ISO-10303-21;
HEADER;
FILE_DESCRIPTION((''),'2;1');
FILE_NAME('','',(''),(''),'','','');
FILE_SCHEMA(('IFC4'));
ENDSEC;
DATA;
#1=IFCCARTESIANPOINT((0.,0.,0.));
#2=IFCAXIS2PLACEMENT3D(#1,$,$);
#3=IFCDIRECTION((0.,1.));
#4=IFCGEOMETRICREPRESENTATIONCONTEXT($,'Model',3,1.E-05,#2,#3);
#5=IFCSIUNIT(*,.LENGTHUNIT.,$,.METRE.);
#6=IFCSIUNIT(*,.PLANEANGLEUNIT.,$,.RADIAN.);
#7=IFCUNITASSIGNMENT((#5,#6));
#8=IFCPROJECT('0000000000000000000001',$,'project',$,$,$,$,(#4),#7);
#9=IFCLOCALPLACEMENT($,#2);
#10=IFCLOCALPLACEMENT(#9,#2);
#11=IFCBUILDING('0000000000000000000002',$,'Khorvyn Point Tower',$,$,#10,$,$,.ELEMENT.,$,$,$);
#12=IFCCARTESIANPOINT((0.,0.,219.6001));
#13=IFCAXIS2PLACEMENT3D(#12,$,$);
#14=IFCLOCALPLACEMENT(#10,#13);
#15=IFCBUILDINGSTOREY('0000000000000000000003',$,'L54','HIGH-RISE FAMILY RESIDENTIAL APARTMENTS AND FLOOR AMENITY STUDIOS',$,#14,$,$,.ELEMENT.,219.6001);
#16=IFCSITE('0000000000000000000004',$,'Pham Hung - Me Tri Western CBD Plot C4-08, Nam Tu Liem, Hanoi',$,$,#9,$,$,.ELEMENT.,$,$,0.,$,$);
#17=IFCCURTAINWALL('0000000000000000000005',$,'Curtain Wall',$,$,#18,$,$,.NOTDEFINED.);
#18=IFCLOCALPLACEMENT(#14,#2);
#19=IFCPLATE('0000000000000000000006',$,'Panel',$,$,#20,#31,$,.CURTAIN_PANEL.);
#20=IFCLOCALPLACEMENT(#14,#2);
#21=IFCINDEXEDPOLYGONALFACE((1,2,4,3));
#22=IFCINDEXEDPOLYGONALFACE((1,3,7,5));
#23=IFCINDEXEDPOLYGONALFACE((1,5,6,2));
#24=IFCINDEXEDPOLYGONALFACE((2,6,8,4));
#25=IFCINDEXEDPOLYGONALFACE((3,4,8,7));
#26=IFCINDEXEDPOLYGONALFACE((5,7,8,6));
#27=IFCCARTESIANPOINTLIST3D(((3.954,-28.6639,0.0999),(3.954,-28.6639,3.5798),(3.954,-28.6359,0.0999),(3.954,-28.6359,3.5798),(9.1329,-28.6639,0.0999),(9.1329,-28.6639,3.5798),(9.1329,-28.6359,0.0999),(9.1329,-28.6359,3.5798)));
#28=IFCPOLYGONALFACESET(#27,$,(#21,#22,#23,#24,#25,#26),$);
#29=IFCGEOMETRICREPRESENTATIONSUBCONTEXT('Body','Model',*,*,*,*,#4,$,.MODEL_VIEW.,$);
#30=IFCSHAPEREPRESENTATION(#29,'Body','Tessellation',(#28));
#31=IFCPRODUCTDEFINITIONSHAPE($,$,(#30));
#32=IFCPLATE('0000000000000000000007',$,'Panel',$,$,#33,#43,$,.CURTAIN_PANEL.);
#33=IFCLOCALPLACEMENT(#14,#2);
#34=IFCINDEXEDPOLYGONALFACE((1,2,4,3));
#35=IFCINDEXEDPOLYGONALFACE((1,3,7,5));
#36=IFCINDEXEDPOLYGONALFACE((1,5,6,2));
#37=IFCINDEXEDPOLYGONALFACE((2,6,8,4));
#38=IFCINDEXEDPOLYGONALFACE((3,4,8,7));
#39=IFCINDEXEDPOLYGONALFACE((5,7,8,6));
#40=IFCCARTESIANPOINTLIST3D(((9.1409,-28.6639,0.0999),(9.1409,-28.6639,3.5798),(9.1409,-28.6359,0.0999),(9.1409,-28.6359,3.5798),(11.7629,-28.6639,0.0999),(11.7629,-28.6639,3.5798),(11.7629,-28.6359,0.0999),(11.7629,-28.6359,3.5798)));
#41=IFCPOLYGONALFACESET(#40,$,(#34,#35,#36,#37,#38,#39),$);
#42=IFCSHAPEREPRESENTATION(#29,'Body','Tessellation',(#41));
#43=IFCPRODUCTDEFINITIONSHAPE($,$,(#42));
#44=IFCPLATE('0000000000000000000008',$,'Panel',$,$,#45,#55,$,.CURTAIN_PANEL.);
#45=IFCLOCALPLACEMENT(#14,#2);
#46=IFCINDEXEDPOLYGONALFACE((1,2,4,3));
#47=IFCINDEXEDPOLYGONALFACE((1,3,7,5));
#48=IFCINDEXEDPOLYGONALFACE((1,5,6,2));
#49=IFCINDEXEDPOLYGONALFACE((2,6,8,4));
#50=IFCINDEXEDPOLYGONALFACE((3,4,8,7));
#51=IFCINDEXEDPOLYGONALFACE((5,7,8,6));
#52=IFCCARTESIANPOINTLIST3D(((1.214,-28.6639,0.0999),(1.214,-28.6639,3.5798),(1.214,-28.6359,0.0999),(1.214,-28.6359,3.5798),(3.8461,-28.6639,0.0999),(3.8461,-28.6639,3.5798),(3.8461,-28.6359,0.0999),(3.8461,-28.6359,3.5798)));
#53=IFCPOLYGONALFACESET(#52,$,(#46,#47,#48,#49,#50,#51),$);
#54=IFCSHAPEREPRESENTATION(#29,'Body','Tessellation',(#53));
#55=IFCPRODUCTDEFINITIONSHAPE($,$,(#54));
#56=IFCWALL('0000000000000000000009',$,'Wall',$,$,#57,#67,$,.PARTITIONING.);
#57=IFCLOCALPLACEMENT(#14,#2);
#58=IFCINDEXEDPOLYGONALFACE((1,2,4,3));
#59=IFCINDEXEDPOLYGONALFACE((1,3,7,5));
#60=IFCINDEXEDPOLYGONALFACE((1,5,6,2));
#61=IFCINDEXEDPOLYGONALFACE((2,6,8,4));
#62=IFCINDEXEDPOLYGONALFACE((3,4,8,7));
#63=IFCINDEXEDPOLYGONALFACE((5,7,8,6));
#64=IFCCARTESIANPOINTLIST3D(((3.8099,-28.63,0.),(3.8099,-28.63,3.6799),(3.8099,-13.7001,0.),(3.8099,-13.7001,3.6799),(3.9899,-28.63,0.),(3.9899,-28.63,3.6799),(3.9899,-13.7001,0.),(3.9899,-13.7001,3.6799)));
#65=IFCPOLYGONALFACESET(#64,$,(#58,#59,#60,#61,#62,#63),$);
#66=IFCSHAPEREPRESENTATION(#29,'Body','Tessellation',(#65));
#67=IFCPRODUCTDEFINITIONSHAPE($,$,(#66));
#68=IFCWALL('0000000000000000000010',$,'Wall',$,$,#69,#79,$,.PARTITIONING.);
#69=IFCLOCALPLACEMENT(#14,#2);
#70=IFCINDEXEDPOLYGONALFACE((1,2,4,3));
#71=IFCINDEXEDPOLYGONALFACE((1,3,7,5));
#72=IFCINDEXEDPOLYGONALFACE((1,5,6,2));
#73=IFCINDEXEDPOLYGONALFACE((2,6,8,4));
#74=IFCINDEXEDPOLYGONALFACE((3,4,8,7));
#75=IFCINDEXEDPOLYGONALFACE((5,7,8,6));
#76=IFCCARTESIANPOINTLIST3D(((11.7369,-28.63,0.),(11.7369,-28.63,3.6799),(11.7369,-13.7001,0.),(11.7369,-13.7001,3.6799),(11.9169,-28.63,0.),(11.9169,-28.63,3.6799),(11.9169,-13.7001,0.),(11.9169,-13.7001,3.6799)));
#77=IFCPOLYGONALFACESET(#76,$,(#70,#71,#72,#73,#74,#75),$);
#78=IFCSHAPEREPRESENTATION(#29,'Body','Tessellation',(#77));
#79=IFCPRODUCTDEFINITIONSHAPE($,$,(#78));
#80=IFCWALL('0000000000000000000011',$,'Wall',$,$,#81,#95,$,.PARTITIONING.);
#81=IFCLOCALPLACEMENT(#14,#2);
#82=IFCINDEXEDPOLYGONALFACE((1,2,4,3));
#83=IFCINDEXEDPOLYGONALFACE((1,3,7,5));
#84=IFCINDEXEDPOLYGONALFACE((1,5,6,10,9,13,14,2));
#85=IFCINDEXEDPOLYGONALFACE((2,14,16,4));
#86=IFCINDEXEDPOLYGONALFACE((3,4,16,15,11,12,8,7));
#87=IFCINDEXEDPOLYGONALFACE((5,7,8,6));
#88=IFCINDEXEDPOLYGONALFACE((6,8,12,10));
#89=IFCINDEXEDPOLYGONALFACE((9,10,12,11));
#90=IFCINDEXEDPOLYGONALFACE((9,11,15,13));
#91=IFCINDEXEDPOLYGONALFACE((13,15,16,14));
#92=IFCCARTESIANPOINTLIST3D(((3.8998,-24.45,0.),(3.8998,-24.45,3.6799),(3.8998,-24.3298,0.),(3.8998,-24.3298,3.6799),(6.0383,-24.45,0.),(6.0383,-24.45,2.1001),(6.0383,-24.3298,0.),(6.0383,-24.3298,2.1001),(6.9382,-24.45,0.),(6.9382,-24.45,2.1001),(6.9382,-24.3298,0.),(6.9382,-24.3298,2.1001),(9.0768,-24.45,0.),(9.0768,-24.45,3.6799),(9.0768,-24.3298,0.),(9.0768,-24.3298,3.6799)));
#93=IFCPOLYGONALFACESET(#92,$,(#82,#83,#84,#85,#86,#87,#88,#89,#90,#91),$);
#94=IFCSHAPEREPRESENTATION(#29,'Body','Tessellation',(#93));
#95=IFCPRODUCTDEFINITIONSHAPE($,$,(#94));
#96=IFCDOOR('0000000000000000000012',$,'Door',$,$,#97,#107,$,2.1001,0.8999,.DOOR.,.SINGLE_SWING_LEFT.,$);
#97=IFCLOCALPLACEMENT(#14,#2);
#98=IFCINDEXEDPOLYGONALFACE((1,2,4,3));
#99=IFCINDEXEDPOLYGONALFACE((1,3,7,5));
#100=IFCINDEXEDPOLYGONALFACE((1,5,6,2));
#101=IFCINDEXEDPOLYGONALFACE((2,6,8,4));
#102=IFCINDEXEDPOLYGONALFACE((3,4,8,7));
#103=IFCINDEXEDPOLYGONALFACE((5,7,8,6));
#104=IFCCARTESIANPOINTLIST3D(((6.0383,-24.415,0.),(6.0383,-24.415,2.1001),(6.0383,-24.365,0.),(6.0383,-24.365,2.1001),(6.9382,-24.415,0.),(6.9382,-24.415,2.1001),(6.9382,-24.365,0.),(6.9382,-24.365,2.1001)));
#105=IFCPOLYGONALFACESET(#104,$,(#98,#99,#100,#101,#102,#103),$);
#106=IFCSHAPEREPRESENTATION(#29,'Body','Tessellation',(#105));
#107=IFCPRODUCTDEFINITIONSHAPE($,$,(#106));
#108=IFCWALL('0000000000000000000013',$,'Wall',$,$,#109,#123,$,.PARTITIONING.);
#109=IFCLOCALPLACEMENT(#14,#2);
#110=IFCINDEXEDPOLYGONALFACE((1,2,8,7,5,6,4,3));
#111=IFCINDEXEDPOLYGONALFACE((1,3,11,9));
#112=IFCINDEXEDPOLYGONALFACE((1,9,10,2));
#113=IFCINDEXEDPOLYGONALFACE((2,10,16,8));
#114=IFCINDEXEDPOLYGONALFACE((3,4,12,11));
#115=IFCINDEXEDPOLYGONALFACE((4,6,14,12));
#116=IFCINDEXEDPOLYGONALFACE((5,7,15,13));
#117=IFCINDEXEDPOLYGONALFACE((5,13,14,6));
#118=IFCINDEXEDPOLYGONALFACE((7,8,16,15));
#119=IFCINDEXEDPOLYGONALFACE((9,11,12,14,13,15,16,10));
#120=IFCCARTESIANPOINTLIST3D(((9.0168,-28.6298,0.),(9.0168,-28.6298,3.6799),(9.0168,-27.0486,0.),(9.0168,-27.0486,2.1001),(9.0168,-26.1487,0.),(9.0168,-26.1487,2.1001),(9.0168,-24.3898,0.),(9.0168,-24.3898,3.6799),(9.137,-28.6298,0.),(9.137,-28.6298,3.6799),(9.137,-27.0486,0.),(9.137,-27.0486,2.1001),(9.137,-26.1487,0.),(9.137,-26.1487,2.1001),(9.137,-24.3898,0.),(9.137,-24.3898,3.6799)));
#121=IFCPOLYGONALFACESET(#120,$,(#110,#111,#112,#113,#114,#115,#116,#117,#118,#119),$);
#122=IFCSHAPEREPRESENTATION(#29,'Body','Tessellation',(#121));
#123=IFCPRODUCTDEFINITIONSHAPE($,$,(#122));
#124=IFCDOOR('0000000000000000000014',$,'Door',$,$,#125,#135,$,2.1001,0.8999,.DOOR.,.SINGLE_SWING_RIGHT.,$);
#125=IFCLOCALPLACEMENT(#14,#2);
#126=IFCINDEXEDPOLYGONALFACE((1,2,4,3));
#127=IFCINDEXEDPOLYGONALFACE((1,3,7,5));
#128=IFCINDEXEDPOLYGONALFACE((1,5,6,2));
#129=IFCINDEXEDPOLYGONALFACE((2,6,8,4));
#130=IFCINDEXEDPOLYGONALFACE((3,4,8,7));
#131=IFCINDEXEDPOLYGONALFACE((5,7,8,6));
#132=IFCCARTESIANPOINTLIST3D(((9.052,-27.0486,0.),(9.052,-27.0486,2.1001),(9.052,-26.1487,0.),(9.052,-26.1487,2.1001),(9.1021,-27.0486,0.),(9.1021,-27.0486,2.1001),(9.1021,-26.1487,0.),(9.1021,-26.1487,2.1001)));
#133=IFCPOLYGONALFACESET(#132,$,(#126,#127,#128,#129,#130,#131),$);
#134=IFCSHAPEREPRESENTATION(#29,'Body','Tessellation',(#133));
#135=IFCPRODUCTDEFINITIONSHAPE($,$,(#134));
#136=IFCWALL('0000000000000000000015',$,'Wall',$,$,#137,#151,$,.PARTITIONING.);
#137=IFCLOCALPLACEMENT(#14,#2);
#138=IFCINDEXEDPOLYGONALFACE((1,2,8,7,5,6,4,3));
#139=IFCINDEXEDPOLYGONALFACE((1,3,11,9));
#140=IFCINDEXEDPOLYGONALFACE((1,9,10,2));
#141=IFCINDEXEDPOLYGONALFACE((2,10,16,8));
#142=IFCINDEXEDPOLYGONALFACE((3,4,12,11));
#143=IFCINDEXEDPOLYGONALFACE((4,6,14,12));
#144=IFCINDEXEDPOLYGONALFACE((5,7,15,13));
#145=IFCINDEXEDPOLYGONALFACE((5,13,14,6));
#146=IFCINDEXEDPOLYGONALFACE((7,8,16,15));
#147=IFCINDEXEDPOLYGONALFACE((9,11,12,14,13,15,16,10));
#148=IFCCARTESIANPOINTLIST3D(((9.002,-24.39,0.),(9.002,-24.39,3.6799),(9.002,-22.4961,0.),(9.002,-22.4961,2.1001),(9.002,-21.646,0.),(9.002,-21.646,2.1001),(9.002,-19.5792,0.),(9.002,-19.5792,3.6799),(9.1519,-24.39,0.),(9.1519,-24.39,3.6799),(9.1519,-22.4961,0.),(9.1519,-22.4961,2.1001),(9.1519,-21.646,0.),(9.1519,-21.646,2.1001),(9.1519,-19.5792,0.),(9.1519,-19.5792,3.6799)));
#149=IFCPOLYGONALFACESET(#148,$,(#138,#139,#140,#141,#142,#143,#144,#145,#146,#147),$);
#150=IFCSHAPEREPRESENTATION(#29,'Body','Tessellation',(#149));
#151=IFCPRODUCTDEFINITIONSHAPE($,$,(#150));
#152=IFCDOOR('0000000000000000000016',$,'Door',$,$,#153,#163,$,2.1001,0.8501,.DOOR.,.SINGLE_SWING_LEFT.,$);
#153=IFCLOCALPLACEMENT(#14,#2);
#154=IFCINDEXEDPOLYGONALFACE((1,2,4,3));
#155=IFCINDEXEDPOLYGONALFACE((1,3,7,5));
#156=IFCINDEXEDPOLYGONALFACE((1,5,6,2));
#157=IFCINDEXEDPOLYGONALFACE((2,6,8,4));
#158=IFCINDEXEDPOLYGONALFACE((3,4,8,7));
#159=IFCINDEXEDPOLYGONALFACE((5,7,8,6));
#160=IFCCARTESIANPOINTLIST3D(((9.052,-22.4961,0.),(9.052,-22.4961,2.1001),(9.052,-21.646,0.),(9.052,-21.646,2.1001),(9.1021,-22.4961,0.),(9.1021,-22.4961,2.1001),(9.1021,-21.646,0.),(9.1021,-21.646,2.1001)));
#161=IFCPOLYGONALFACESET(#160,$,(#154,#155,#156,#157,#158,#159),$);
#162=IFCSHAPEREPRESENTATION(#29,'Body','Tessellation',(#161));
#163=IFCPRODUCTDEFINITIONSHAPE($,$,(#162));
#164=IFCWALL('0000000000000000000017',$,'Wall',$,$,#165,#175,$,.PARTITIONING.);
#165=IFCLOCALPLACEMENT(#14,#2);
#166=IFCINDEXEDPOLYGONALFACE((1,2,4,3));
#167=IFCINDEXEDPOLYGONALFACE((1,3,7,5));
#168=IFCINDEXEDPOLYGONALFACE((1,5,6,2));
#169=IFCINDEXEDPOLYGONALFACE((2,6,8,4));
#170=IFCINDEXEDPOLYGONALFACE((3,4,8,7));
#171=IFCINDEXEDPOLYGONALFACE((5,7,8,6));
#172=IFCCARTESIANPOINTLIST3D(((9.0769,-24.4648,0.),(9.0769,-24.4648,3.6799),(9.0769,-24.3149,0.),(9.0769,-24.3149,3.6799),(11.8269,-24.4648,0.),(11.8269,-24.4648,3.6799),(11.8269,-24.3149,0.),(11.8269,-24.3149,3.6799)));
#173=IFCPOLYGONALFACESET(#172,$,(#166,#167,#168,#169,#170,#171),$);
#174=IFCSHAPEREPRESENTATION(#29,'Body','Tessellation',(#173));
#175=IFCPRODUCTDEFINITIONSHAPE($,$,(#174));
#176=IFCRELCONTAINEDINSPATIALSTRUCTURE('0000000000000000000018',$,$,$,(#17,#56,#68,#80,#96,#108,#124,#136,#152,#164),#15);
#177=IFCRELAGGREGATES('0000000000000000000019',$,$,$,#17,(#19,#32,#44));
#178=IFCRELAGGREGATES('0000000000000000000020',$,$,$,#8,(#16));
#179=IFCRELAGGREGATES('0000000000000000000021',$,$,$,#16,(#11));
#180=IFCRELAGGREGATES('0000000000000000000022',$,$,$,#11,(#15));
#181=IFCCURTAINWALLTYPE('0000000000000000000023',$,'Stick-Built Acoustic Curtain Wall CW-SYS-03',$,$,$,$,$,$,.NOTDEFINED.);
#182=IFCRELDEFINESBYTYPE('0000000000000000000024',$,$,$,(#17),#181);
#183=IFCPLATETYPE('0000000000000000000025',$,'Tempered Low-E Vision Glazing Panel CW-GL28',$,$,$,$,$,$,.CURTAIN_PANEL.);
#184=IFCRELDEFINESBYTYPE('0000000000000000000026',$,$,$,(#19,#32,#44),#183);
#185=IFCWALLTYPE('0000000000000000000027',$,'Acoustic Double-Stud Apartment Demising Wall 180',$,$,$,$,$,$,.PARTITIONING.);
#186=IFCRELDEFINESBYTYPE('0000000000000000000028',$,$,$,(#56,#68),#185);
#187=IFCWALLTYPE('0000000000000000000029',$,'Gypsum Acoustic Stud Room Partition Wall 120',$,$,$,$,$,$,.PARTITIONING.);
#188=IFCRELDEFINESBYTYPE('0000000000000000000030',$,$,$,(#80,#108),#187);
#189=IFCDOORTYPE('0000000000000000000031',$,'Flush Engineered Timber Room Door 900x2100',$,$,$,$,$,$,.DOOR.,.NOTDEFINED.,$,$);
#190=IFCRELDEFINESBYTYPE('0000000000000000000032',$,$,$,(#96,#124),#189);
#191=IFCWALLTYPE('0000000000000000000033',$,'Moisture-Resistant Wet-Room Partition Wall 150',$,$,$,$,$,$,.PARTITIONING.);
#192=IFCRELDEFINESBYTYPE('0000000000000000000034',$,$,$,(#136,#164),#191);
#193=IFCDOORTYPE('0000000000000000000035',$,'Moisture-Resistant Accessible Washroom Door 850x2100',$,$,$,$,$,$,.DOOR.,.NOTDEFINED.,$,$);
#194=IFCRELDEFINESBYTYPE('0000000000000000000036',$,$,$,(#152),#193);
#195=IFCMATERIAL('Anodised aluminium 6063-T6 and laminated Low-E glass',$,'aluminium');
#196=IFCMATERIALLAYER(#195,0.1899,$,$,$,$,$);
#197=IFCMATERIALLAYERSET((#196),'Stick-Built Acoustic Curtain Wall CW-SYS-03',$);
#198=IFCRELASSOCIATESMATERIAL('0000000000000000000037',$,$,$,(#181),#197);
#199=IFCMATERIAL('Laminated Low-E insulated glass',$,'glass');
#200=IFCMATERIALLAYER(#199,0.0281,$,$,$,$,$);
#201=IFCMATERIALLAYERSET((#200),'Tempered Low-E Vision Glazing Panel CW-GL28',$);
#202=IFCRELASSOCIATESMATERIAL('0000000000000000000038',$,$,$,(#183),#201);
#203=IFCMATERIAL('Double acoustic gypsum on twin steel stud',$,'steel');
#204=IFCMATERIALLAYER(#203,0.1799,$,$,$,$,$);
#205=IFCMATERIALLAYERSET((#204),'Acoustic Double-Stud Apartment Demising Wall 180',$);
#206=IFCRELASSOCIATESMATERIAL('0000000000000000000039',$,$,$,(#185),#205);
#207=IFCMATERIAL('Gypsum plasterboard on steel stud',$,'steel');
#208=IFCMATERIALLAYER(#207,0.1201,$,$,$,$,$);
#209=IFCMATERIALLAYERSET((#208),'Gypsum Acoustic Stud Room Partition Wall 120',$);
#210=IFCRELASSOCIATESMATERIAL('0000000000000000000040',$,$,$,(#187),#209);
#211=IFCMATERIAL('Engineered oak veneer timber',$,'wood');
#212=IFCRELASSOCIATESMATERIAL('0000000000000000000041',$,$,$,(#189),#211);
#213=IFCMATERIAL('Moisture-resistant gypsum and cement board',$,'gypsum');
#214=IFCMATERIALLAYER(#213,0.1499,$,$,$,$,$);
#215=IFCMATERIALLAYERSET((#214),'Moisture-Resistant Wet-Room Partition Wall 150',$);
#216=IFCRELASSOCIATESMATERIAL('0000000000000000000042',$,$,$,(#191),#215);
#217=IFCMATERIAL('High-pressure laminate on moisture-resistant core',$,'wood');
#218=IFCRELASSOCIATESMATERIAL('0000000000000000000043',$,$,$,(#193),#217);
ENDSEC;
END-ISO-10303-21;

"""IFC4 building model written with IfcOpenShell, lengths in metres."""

from ifc_helpers import new_model, si_unit, direction, frame, frame_2d, origin, origin_2d, place, context, subcontext, project, spatial, rectangle, extrude, material, layer, layer_set, type_object, element, fill, aggregate, save


model = new_model("IFC4")

# Units and contexts
model_context = context("Model", 3, precision=1e-05, world=origin(), true_north=direction((0.0, 1.0)))
body_context = subcontext(model_context, "Body", "Model", "MODEL_VIEW")
ifc_project = project(units=[si_unit("LENGTHUNIT", "METRE"), si_unit("PLANEANGLEUNIT", "RADIAN")], contexts=[model_context])

# Site, building, storey
site_placement = place(None, origin())
site = spatial("IfcSite", under=ifc_project, at=site_placement, Name="Pham Hung - Me Tri Western CBD Plot C4-08, Nam Tu Liem, Hanoi", CompositionType="ELEMENT", RefElevation=0.0)
building_placement = place(site_placement, origin())
building = spatial("IfcBuilding", under=site, at=building_placement, Name="Khorvyn Point Tower", CompositionType="ELEMENT")
storey_placement = place(building_placement, frame((0.0, 0.0, 219.6001)))
storey = spatial("IfcBuildingStorey", under=building, at=storey_placement, Name="L54", Description="HIGH-RISE FAMILY RESIDENTIAL APARTMENTS AND FLOOR AMENITY STUDIOS", CompositionType="ELEMENT", Elevation=219.6001)

# Curtain wall
ifc_material_1 = material(Name="Anodised aluminium 6063-T6 and laminated Low-E glass", Category="aluminium")
ifc_layer_1 = layer(ifc_material_1, 0.1899)
ifc_layer_set_1 = layer_set([ifc_layer_1], Name="Stick-Built Acoustic Curtain Wall CW-SYS-03")
curtain_wall_type = type_object("IfcCurtainWallType", Name="Stick-Built Acoustic Curtain Wall CW-SYS-03", PredefinedType="NOTDEFINED", material=ifc_layer_set_1)
curtain_wall_placement = place(storey_placement, origin())
curtain_wall = element("IfcCurtainWall", 1, at=curtain_wall_placement, inside=storey, type_object=curtain_wall_type, Name="Curtain Wall", PredefinedType="NOTDEFINED")

# Plates
ifc_material_2 = material(Name="Laminated Low-E insulated glass", Category="glass")
ifc_layer_2 = layer(ifc_material_2, 0.0281)
ifc_layer_set_2 = layer_set([ifc_layer_2], Name="Tempered Low-E Vision Glazing Panel CW-GL28")
plate_type = type_object("IfcPlateType", Name="Tempered Low-E Vision Glazing Panel CW-GL28", PredefinedType="CURTAIN_PANEL", material=ifc_layer_set_2)
plate_1_placement = place(storey_placement, frame((6.5435, -28.6499, 0.0999), z_axis=(0.0, 0.0, 1.0), x_axis=(-1.0, 0.0, 0.0)))
plate_1 = element("IfcPlate", 2, at=plate_1_placement, type_object=plate_type, Name="Panel", PredefinedType="CURTAIN_PANEL", context=body_context, shape_type="SweptSolid", body=[
    extrude(rectangle(XDim=5.179, YDim=0.0281, at=origin_2d()), origin(), (0.0, 0.0, 1.0), 3.48),
])
plate_2_placement = place(storey_placement, frame((10.4519, -28.6499, 0.0999), z_axis=(0.0, 0.0, 1.0), x_axis=(-1.0, 0.0, 0.0)))
plate_2 = element("IfcPlate", 3, at=plate_2_placement, type_object=plate_type, Name="Panel", PredefinedType="CURTAIN_PANEL", context=body_context, shape_type="SweptSolid", body=[
    extrude(rectangle(XDim=2.6221, YDim=0.0281, at=origin_2d()), origin(), (0.0, 0.0, 1.0), 3.48),
])
plate_3_placement = place(storey_placement, frame((2.53, -28.6499, 0.0999), z_axis=(0.0, 0.0, 1.0), x_axis=(-1.0, 0.0, 0.0)))
plate_3 = element("IfcPlate", 4, at=plate_3_placement, type_object=plate_type, Name="Panel", PredefinedType="CURTAIN_PANEL", context=body_context, shape_type="SweptSolid", body=[
    extrude(rectangle(XDim=2.6321, YDim=0.0281, at=origin_2d()), origin(), (0.0, 0.0, 1.0), 3.48),
])
aggregate(curtain_wall, [plate_1, plate_2, plate_3])

# Walls
ifc_material_3 = material(Name="Double acoustic gypsum on twin steel stud", Category="steel")
ifc_layer_3 = layer(ifc_material_3, 0.1799)
ifc_layer_set_3 = layer_set([ifc_layer_3], Name="Acoustic Double-Stud Apartment Demising Wall 180")
wall_type_1 = type_object("IfcWallType", Name="Acoustic Double-Stud Apartment Demising Wall 180", PredefinedType="PARTITIONING", material=ifc_layer_set_3)
for number, where, z_axis, x_axis, name in (
    (5, (3.8999, -28.6299, 0.0), (0.0, 0.0, 1.0), (0.0, 1.0, 0.0), "Wall"),
    (6, (11.8269, -28.6299, 0.0), (0.0, 0.0, 1.0), (0.0, 1.0, 0.0), "Wall"),
):
    element("IfcWall", number, at=place(storey_placement, frame(where, z_axis=z_axis, x_axis=x_axis)), inside=storey, type_object=wall_type_1, Name=name, PredefinedType="PARTITIONING", context=body_context, shape_type="SweptSolid", body=[
        extrude(rectangle(XDim=14.9299, YDim=0.1799, at=frame_2d((7.4648, 0.0))), origin(), (0.0, 0.0, 1.0), 3.6799),
    ])

# Walls, openings, doors
ifc_material_4 = material(Name="Gypsum plasterboard on steel stud", Category="steel")
ifc_layer_4 = layer(ifc_material_4, 0.1201)
ifc_layer_set_4 = layer_set([ifc_layer_4], Name="Gypsum Acoustic Stud Room Partition Wall 120")
wall_type_2 = type_object("IfcWallType", Name="Gypsum Acoustic Stud Room Partition Wall 120", PredefinedType="PARTITIONING", material=ifc_layer_set_4)
wall_1_placement = place(storey_placement, frame((3.8999, -24.3899, 0.0), z_axis=(0.0, 0.0, 1.0), x_axis=(1.0, 0.0, 0.0)))
wall_1 = element("IfcWall", 7, at=wall_1_placement, inside=storey, type_object=wall_type_2, Name="Wall", PredefinedType="PARTITIONING", context=body_context, shape_type="SweptSolid", body=[
    extrude(rectangle(XDim=5.177, YDim=0.1201, at=frame_2d((2.5884, 0.0))), origin(), (0.0, 0.0, 1.0), 3.6799),
])
opening_1_placement = place(wall_1_placement, frame((2.1384, 0.0, 0.0)))
opening_1 = element("IfcOpeningElement", 8, at=opening_1_placement, cuts=wall_1, PredefinedType="OPENING", context=body_context, shape_type="SweptSolid", body=[
    extrude(rectangle(XDim=0.8999, YDim=2.1001, at=frame_2d((0.45, 1.05))), frame((0.0, 0.0701, 0.0), z_axis=(0.0, -1.0, 0.0), x_axis=(1.0, 0.0, 0.0)), (0.0, 0.0, 1.0), 0.1401),
])
ifc_material_5 = material(Name="Engineered oak veneer timber", Category="wood")
door_type_1 = type_object("IfcDoorType", Name="Flush Engineered Timber Room Door 900x2100", OperationType="NOTDEFINED", PredefinedType="DOOR", material=ifc_material_5)
door_1_placement = place(opening_1_placement, origin())
door_1 = element("IfcDoor", 9, at=door_1_placement, inside=storey, type_object=door_type_1, Name="Door", OperationType="SINGLE_SWING_LEFT", OverallHeight=2.1001, OverallWidth=0.8999, PredefinedType="DOOR", context=body_context, shape_type="SweptSolid", body=[
    extrude(rectangle(XDim=0.8999, YDim=2.1001, at=frame_2d((0.45, 1.05))), frame((0.0, 0.0249, 0.0), z_axis=(0.0, -1.0, 0.0), x_axis=(1.0, 0.0, 0.0)), (0.0, 0.0, 1.0), 0.05),
])
fill(opening_1, door_1)
wall_2_placement = place(storey_placement, frame((9.0769, -28.6299, 0.0), z_axis=(0.0, 0.0, 1.0), x_axis=(0.0, 1.0, 0.0)))
wall_2 = element("IfcWall", 10, at=wall_2_placement, inside=storey, type_object=wall_type_2, Name="Wall", PredefinedType="PARTITIONING", context=body_context, shape_type="SweptSolid", body=[
    extrude(rectangle(XDim=4.24, YDim=0.1201, at=frame_2d((2.1201, 0.0))), origin(), (0.0, 0.0, 1.0), 3.6799),
])
opening_2_placement = place(wall_2_placement, frame((1.5813, 0.0, 0.0)))
opening_2 = element("IfcOpeningElement", 11, at=opening_2_placement, cuts=wall_2, PredefinedType="OPENING", context=body_context, shape_type="SweptSolid", body=[
    extrude(rectangle(XDim=0.8999, YDim=2.1001, at=frame_2d((0.45, 1.05))), frame((0.0, 0.0701, 0.0), z_axis=(0.0, -1.0, 0.0), x_axis=(1.0, 0.0, 0.0)), (0.0, 0.0, 1.0), 0.1401),
])
door_2_placement = place(opening_2_placement, origin())
door_2 = element("IfcDoor", 12, at=door_2_placement, inside=storey, type_object=door_type_1, Name="Door", OperationType="SINGLE_SWING_RIGHT", OverallHeight=2.1001, OverallWidth=0.8999, PredefinedType="DOOR", context=body_context, shape_type="SweptSolid", body=[
    extrude(rectangle(XDim=0.8999, YDim=2.1001, at=frame_2d((0.45, 1.05))), frame((0.0, 0.0249, 0.0), z_axis=(0.0, -1.0, 0.0), x_axis=(1.0, 0.0, 0.0)), (0.0, 0.0, 1.0), 0.05),
])
fill(opening_2, door_2)
ifc_material_6 = material(Name="Moisture-resistant gypsum and cement board", Category="gypsum")
ifc_layer_5 = layer(ifc_material_6, 0.1499)
ifc_layer_set_5 = layer_set([ifc_layer_5], Name="Moisture-Resistant Wet-Room Partition Wall 150")
wall_type_3 = type_object("IfcWallType", Name="Moisture-Resistant Wet-Room Partition Wall 150", PredefinedType="PARTITIONING", material=ifc_layer_set_5)
wall_3_placement = place(storey_placement, frame((9.0769, -24.3899, 0.0), z_axis=(0.0, 0.0, 1.0), x_axis=(0.0, 1.0, 0.0)))
wall_3 = element("IfcWall", 13, at=wall_3_placement, inside=storey, type_object=wall_type_3, Name="Wall", PredefinedType="PARTITIONING", context=body_context, shape_type="SweptSolid", body=[
    extrude(rectangle(XDim=4.8108, YDim=0.1499, at=frame_2d((2.4053, 0.0))), origin(), (0.0, 0.0, 1.0), 3.6799),
])
opening_3_placement = place(wall_3_placement, frame((1.8938, 0.0, 0.0)))
opening_3 = element("IfcOpeningElement", 14, at=opening_3_placement, cuts=wall_3, PredefinedType="OPENING", context=body_context, shape_type="SweptSolid", body=[
    extrude(rectangle(XDim=0.8501, YDim=2.1001, at=frame_2d((0.425, 1.05))), frame((0.0, 0.085, 0.0), z_axis=(0.0, -1.0, 0.0), x_axis=(1.0, 0.0, 0.0)), (0.0, 0.0, 1.0), 0.1699),
])
ifc_material_7 = material(Name="High-pressure laminate on moisture-resistant core", Category="wood")
door_type_2 = type_object("IfcDoorType", Name="Moisture-Resistant Accessible Washroom Door 850x2100", OperationType="NOTDEFINED", PredefinedType="DOOR", material=ifc_material_7)
door_3_placement = place(opening_3_placement, origin())
door_3 = element("IfcDoor", 15, at=door_3_placement, inside=storey, type_object=door_type_2, Name="Door", OperationType="SINGLE_SWING_LEFT", OverallHeight=2.1001, OverallWidth=0.8501, PredefinedType="DOOR", context=body_context, shape_type="SweptSolid", body=[
    extrude(rectangle(XDim=0.8501, YDim=2.1001, at=frame_2d((0.425, 1.05))), frame((0.0, 0.0249, 0.0), z_axis=(0.0, -1.0, 0.0), x_axis=(1.0, 0.0, 0.0)), (0.0, 0.0, 1.0), 0.05),
])
fill(opening_3, door_3)

# Wall
wall_4_placement = place(storey_placement, frame((9.0769, -24.3899, 0.0), z_axis=(0.0, 0.0, 1.0), x_axis=(1.0, 0.0, 0.0)))
element("IfcWall", 16, at=wall_4_placement, inside=storey, type_object=wall_type_3, Name="Wall", PredefinedType="PARTITIONING", context=body_context, shape_type="SweptSolid", body=[
    extrude(rectangle(XDim=2.75, YDim=0.1499, at=frame_2d((1.375, 0.0))), origin(), (0.0, 0.0, 1.0), 3.6799),
])

save(model, "model.ifc")
